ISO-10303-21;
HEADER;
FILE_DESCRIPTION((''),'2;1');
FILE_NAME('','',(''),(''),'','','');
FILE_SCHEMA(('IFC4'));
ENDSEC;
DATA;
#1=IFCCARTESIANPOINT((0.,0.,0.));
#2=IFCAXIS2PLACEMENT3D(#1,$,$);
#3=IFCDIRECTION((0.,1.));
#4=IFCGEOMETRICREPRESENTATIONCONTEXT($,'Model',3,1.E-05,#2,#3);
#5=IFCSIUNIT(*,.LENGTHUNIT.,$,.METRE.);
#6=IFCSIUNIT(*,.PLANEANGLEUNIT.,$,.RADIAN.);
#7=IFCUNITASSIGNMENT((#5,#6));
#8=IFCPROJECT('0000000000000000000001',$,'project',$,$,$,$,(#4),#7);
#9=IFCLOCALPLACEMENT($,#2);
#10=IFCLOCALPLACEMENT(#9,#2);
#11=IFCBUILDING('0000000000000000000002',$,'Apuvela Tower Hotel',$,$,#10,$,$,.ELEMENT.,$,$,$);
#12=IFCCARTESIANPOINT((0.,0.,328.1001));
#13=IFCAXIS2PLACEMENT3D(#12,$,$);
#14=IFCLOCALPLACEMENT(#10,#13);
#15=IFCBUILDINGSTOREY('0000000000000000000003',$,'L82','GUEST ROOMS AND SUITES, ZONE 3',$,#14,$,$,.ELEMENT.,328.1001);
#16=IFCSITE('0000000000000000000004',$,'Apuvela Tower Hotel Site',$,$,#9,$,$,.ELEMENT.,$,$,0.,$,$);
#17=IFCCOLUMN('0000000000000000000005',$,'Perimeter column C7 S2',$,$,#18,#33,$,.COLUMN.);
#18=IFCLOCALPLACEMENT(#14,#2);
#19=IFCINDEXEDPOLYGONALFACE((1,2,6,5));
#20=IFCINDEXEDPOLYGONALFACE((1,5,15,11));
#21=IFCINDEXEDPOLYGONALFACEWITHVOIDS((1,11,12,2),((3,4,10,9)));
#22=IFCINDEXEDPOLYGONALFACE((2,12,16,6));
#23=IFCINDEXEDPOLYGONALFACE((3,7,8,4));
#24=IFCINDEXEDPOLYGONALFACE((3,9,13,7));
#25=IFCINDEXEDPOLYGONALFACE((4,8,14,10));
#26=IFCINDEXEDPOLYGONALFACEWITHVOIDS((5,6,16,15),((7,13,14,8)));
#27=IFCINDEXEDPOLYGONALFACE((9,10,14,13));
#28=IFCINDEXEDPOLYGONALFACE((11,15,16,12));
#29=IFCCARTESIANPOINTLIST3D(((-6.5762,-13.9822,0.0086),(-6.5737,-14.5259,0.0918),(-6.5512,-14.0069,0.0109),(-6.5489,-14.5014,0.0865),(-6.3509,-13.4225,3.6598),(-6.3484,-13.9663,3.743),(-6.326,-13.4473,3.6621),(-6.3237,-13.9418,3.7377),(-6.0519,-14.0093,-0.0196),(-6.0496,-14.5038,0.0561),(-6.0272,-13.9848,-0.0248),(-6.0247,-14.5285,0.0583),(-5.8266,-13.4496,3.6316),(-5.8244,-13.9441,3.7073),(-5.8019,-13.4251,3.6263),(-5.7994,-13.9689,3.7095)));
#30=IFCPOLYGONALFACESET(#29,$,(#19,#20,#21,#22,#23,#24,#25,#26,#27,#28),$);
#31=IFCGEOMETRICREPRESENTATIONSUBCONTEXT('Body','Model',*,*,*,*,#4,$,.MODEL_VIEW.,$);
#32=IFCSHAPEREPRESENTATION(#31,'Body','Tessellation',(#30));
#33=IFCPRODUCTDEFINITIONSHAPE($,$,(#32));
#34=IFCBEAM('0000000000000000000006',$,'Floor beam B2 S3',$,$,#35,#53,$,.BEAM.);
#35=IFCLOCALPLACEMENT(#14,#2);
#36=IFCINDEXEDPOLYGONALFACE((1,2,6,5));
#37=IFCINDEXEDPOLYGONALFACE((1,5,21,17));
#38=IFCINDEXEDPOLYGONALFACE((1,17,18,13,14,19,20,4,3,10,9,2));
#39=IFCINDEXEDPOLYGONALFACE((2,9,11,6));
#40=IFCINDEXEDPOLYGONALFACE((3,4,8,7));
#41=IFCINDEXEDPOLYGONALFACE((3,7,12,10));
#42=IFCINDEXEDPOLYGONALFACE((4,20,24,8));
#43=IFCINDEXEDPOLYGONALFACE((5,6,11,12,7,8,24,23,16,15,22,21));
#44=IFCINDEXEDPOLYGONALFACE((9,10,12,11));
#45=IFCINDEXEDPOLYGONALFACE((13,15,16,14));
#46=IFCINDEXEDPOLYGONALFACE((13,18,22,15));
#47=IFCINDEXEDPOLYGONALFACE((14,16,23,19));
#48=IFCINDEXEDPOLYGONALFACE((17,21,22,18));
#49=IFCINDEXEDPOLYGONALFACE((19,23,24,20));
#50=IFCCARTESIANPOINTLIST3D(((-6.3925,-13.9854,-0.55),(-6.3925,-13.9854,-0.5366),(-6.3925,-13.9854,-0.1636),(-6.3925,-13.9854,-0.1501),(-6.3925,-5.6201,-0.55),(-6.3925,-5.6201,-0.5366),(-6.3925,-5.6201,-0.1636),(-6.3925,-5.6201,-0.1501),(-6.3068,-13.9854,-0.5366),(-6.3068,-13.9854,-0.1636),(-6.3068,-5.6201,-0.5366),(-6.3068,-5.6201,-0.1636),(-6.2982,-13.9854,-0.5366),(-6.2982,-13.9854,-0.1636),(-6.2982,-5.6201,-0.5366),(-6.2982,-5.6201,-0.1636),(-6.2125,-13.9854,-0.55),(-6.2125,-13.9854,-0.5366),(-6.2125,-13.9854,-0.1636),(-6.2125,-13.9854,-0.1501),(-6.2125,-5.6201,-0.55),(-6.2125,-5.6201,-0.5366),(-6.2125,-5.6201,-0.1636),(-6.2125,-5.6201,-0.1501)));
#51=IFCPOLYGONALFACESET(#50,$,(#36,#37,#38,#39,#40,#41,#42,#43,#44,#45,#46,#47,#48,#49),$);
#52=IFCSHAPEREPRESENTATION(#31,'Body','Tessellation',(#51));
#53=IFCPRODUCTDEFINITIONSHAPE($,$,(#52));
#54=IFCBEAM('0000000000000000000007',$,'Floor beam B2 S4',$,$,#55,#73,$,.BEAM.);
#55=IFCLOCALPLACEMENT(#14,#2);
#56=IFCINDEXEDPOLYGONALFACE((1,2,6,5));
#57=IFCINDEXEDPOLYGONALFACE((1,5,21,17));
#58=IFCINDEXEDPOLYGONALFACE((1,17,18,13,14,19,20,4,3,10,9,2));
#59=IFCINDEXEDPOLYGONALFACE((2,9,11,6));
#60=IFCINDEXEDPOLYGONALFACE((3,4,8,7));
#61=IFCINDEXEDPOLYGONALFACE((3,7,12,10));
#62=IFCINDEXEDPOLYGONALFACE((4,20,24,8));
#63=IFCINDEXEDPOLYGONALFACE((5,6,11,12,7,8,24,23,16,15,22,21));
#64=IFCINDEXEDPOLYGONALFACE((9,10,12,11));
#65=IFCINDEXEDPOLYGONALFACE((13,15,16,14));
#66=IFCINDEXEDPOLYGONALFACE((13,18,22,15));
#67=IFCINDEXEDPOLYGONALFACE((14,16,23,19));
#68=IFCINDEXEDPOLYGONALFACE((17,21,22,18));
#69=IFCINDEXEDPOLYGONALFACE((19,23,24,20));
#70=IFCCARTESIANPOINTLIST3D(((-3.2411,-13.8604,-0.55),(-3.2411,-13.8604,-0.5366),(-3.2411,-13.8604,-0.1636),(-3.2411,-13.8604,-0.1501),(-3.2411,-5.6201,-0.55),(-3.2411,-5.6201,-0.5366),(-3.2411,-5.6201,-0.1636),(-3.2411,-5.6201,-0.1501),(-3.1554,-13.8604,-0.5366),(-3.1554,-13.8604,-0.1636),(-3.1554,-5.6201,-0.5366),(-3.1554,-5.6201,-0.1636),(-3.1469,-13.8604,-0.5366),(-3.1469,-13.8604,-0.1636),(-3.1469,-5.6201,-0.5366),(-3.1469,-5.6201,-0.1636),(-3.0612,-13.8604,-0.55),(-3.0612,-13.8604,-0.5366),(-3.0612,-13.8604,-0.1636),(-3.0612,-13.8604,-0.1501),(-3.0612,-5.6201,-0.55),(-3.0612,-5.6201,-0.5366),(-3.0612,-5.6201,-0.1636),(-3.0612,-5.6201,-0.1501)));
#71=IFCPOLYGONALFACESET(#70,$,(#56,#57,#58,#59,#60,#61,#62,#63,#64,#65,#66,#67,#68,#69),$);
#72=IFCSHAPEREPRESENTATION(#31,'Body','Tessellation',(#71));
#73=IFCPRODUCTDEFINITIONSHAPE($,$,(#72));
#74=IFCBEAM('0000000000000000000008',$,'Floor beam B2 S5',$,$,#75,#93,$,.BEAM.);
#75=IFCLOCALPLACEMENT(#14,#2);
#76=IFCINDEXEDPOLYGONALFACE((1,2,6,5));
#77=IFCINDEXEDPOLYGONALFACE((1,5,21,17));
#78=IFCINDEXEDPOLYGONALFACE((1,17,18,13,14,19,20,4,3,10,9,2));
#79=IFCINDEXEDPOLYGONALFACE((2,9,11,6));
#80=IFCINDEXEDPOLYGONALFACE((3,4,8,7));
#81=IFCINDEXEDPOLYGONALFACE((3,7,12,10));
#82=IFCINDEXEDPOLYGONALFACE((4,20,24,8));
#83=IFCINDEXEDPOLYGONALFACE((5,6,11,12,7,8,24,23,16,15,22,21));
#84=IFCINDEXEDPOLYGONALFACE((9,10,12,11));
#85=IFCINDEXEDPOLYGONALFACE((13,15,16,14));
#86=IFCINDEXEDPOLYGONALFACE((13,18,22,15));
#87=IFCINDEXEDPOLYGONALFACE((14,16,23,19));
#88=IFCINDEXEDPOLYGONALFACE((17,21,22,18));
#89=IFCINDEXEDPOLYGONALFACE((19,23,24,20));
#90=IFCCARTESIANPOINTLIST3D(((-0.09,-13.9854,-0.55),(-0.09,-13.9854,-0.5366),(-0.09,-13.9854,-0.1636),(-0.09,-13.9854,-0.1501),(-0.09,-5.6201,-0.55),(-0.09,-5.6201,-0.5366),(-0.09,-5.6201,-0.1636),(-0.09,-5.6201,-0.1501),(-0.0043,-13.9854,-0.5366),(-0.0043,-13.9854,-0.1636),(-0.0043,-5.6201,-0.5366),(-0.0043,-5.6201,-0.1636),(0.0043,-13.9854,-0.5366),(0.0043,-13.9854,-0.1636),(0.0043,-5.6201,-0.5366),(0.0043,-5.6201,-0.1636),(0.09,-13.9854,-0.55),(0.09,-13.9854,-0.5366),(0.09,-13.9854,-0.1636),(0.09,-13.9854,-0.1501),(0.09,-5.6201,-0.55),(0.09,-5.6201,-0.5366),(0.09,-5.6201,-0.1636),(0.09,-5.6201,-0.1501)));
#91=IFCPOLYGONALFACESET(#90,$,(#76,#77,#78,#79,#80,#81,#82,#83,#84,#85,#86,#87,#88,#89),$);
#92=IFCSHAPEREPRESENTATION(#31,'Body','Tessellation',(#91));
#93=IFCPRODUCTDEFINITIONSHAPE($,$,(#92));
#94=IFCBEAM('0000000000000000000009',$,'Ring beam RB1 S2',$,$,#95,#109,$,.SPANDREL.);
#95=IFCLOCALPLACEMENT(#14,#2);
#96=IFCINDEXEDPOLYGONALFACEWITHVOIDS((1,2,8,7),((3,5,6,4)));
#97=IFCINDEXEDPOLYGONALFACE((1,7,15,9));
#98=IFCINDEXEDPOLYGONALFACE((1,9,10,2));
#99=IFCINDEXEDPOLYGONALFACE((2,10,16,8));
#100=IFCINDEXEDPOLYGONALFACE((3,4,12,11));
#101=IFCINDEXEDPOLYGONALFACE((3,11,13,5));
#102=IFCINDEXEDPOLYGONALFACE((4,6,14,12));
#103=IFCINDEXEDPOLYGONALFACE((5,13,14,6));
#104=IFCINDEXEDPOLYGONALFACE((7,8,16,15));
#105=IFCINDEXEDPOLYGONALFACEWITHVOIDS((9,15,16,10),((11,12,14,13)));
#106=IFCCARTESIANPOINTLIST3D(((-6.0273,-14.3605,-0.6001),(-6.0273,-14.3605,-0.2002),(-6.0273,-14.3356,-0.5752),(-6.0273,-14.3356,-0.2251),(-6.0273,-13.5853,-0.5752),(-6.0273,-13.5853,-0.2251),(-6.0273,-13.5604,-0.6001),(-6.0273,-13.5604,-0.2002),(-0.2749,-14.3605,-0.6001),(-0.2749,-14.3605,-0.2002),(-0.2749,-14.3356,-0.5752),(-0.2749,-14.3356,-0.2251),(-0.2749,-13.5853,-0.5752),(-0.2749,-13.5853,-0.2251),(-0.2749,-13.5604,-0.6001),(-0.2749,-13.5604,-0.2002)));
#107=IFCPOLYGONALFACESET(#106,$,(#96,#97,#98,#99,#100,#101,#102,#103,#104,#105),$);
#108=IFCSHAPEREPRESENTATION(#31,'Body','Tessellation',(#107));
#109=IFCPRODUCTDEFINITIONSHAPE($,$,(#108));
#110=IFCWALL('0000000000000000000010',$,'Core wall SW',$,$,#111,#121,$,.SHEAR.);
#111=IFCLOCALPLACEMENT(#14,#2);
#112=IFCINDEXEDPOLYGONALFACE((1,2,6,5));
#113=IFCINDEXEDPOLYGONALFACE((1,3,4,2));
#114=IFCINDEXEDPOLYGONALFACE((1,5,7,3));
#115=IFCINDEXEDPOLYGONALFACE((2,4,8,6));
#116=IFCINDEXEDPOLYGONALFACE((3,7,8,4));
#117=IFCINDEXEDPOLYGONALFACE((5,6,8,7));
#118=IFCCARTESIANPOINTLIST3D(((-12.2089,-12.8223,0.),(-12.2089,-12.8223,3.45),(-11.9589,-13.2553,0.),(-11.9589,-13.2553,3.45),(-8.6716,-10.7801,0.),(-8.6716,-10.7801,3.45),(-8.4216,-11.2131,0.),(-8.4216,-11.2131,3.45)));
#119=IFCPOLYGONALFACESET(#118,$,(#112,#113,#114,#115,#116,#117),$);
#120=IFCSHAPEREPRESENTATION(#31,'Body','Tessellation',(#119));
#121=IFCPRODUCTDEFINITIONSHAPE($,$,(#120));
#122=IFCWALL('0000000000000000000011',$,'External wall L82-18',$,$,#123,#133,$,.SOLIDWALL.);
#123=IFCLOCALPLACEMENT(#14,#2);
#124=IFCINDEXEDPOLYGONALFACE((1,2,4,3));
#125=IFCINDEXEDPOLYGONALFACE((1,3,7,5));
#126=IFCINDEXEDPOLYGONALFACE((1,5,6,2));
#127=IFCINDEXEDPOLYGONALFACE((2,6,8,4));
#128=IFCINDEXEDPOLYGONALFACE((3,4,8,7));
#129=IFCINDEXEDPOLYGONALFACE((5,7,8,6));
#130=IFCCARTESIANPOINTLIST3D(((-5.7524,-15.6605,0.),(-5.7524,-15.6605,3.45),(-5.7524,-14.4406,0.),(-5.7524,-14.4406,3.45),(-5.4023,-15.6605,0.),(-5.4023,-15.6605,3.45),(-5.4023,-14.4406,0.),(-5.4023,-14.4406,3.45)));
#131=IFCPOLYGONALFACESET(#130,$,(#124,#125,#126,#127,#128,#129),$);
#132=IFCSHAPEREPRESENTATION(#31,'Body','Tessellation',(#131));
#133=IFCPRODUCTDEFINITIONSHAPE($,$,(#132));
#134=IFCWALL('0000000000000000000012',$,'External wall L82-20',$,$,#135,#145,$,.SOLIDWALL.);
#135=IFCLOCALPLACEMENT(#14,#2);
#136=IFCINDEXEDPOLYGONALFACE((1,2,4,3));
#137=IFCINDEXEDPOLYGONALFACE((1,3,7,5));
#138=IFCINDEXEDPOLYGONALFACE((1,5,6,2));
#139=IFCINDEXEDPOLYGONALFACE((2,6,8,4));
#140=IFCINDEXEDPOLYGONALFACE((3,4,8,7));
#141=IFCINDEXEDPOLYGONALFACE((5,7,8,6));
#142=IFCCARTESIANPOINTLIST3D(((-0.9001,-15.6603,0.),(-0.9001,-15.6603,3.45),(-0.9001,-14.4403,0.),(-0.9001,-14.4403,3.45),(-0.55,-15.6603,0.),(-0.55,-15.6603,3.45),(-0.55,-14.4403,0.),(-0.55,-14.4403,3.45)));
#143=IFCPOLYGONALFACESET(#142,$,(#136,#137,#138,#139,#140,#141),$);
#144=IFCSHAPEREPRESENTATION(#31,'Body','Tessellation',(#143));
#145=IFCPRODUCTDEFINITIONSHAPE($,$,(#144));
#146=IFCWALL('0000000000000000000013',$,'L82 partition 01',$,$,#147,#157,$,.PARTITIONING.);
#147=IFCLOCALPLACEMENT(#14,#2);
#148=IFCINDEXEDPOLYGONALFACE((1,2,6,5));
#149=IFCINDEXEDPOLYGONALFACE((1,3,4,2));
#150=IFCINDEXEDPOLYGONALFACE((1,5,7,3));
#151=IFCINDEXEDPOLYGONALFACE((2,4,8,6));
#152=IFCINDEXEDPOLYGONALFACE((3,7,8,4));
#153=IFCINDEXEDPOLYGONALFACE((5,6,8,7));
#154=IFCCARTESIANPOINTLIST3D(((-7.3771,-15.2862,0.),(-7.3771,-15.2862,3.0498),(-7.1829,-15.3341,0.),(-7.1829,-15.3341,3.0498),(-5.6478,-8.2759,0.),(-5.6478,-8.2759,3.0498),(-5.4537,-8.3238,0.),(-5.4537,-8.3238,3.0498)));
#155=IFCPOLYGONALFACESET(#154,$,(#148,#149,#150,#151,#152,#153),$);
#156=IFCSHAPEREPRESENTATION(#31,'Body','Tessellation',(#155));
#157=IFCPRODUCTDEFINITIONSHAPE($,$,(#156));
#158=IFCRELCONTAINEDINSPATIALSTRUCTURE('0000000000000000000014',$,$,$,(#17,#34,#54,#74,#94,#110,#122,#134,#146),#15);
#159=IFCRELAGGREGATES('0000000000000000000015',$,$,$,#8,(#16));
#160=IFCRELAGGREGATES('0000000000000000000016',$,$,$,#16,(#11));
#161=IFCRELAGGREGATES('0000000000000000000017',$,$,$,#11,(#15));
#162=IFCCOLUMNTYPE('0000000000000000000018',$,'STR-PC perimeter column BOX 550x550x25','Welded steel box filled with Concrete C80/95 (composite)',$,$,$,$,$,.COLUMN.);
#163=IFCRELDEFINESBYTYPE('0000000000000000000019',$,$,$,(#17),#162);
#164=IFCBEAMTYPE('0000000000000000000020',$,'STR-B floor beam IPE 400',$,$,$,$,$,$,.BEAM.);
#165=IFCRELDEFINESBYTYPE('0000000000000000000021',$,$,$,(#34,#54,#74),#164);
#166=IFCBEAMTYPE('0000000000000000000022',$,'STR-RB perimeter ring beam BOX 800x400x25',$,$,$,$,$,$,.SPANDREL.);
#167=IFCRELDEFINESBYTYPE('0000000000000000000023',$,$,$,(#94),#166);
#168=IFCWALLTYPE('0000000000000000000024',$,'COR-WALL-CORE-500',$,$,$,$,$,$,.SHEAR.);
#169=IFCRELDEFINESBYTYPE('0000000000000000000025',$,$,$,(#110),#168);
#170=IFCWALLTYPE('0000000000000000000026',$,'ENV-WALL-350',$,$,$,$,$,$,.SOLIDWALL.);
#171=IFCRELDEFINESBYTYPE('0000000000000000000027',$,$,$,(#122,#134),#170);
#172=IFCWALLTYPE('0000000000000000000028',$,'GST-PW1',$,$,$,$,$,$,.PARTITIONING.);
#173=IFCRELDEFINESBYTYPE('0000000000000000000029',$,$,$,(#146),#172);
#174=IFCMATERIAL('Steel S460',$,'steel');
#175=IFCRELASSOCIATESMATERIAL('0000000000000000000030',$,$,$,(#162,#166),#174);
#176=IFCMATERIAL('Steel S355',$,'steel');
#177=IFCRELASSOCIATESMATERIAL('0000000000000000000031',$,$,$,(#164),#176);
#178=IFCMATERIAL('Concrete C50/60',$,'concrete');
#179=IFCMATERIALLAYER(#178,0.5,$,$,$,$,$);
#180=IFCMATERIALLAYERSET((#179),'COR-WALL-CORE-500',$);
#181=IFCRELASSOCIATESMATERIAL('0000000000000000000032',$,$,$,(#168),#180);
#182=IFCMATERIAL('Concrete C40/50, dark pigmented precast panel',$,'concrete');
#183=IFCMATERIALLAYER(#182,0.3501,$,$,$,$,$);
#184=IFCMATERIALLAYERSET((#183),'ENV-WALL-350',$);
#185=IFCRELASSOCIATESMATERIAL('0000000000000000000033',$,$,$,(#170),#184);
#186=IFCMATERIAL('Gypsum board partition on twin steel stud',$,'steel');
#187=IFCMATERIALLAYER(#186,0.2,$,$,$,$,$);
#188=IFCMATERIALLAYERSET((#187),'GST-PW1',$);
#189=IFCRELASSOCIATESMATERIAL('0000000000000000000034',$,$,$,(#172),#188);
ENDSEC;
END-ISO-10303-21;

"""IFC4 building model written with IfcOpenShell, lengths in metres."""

from ifc_helpers import new_model, si_unit, direction, frame, frame_2d, origin, origin_2d, place, context, subcontext, project, spatial, rectangle, hollow_rectangle, i_section, extrude, boolean, halfspace, material, layer, layer_set, material_profile, profile_set, type_object, element, save


model = new_model("IFC4")

# Units and contexts
model_context = context("Model", 3, precision=1e-05, world=origin(), true_north=direction((0.0, 1.0)))
body_context = subcontext(model_context, "Body", "Model", "MODEL_VIEW")
ifc_project = project(units=[si_unit("LENGTHUNIT", "METRE"), si_unit("PLANEANGLEUNIT", "RADIAN")], contexts=[model_context])

# Site, building, storey
site_placement = place(None, origin())
site = spatial("IfcSite", under=ifc_project, at=site_placement, Name="Apuvela Tower Hotel Site", CompositionType="ELEMENT", RefElevation=0.0)
building_placement = place(site_placement, origin())
building = spatial("IfcBuilding", under=site, at=building_placement, Name="Apuvela Tower Hotel", CompositionType="ELEMENT")
storey_placement = place(building_placement, frame((0.0, 0.0, 328.1001)))
storey = spatial("IfcBuildingStorey", under=building, at=storey_placement, Name="L82", Description="GUEST ROOMS AND SUITES, ZONE 3", CompositionType="ELEMENT", Elevation=328.1001)

# Column
ifc_material_1 = material(Name="Steel S460", Category="steel")
ifc_material_profile_1 = material_profile(ifc_material_1, hollow_rectangle(XDim=0.55, YDim=0.55, WallThickness=0.0249, at=origin_2d()), Name="BOX 550x550x25")
ifc_material_2 = material(Name="Concrete C80/95", Category="concrete")
ifc_material_profile_2 = material_profile(ifc_material_2, rectangle(XDim=0.5, YDim=0.5, at=origin_2d()), Name="Concrete C80/95 infill")
ifc_profile_set_1 = profile_set([ifc_material_profile_1, ifc_material_profile_2], Name="Steel S460")
column_type = type_object("IfcColumnType", Name="STR-PC perimeter column BOX 550x550x25", Description="Welded steel box filled with Concrete C80/95 (composite)", PredefinedType="COLUMN", material=ifc_profile_set_1)
column_1_placement = place(storey_placement, frame((-6.3025, -14.2605, 0.0), z_axis=(0.06087, 0.151232, 0.986622), x_axis=(-0.998135, 0.004714, 0.060858)))
element("IfcColumn", 1, at=column_1_placement, inside=storey, type_object=column_type, Name="Perimeter column C7 S2", PredefinedType="COLUMN", context=body_context, shape_type="SweptSolid", body=[
    boolean("DIFFERENCE", boolean("DIFFERENCE", extrude(hollow_rectangle(XDim=0.55, YDim=0.55, WallThickness=0.0249, at=origin_2d()), origin(), (0.0, 0.0, 1.0), 3.75), halfspace(frame((0.0, 0.0, 0.0339), z_axis=(0.0, 0.0, 1.0), x_axis=(1.0, 0.0, 0.0)), True)), halfspace(frame((0.0, 0.0, 3.7346), z_axis=(0.0, 0.0, 1.0), x_axis=(1.0, 0.0, 0.0)), False)),
])

# Beams
ifc_material_3 = material(Name="Steel S355", Category="steel")
ifc_material_profile_3 = material_profile(ifc_material_3, i_section(OverallWidth=0.1799, OverallDepth=0.3999, WebThickness=0.0085, FlangeThickness=0.0134, at=origin_2d()), Name="IPE 400")
ifc_profile_set_2 = profile_set([ifc_material_profile_3], Name="Steel S355")
beam_type_1 = type_object("IfcBeamType", Name="STR-B floor beam IPE 400", PredefinedType="BEAM", material=ifc_profile_set_2)
beam_1_placement = place(storey_placement, frame((-6.3025, -13.9854, -0.3501), z_axis=(0.0, 1.0, 0.0), x_axis=(-1.0, 0.0, 0.0)))
element("IfcBeam", 2, at=beam_1_placement, inside=storey, type_object=beam_type_1, Name="Floor beam B2 S3", PredefinedType="BEAM", context=body_context, shape_type="SweptSolid", body=[
    extrude(i_section(OverallWidth=0.1799, OverallDepth=0.3999, WebThickness=0.0085, FlangeThickness=0.0134, at=origin_2d()), origin(), (0.0, 0.0, 1.0), 8.3652),
])
beam_2_placement = place(storey_placement, frame((-3.1511, -13.8604, -0.3501), z_axis=(0.0, 1.0, 0.0), x_axis=(-1.0, 0.0, 0.0)))
element("IfcBeam", 3, at=beam_2_placement, inside=storey, type_object=beam_type_1, Name="Floor beam B2 S4", PredefinedType="BEAM", context=body_context, shape_type="SweptSolid", body=[
    extrude(i_section(OverallWidth=0.1799, OverallDepth=0.3999, WebThickness=0.0085, FlangeThickness=0.0134, at=origin_2d()), origin(), (0.0, 0.0, 1.0), 8.2402),
])
beam_3_placement = place(storey_placement, frame((0.0, -13.9854, -0.3501), z_axis=(0.0, 1.0, 0.0), x_axis=(-1.0, 0.0, 0.0)))
element("IfcBeam", 4, at=beam_3_placement, inside=storey, type_object=beam_type_1, Name="Floor beam B2 S5", PredefinedType="BEAM", context=body_context, shape_type="SweptSolid", body=[
    extrude(i_section(OverallWidth=0.1799, OverallDepth=0.3999, WebThickness=0.0085, FlangeThickness=0.0134, at=origin_2d()), origin(), (0.0, 0.0, 1.0), 8.3652),
])
ifc_material_profile_4 = material_profile(ifc_material_1, hollow_rectangle(XDim=0.8, YDim=0.3999, WallThickness=0.0249, at=origin_2d()), Name="BOX 800x400x25")
ifc_profile_set_3 = profile_set([ifc_material_profile_4], Name="Steel S460")
beam_type_2 = type_object("IfcBeamType", Name="STR-RB perimeter ring beam BOX 800x400x25", PredefinedType="SPANDREL", material=ifc_profile_set_3)
beam_4_placement = place(storey_placement, frame((-6.0273, -13.9604, -0.4001), z_axis=(1.0, 0.0, 0.0), x_axis=(0.0, 1.0, 0.0)))
element("IfcBeam", 5, at=beam_4_placement, inside=storey, type_object=beam_type_2, Name="Ring beam RB1 S2", PredefinedType="SPANDREL", context=body_context, shape_type="SweptSolid", body=[
    extrude(hollow_rectangle(XDim=0.8, YDim=0.3999, WallThickness=0.0249, at=origin_2d()), origin(), (0.0, 0.0, 1.0), 5.7524),
])

# Walls
ifc_material_4 = material(Name="Concrete C50/60", Category="concrete")
ifc_layer_1 = layer(ifc_material_4, 0.5)
ifc_layer_set_1 = layer_set([ifc_layer_1], Name="COR-WALL-CORE-500")
wall_type_1 = type_object("IfcWallType", Name="COR-WALL-CORE-500", PredefinedType="SHEAR", material=ifc_layer_set_1)
wall_1_placement = place(storey_placement, frame((-8.5466, -10.9966, 0.0), z_axis=(0.0, 0.0, 1.0), x_axis=(-0.866031, -0.49999, 0.0)))
element("IfcWall", 6, at=wall_1_placement, inside=storey, type_object=wall_type_1, Name="Core wall SW", PredefinedType="SHEAR", context=body_context, shape_type="SweptSolid", body=[
    extrude(rectangle(XDim=4.0845, YDim=0.5, at=frame_2d((2.0422, 0.0))), origin(), (0.0, 0.0, 1.0), 3.45),
])
ifc_material_5 = material(Name="Concrete C40/50, dark pigmented precast panel", Category="concrete")
ifc_layer_2 = layer(ifc_material_5, 0.3501)
ifc_layer_set_2 = layer_set([ifc_layer_2], Name="ENV-WALL-350")
wall_type_2 = type_object("IfcWallType", Name="ENV-WALL-350", PredefinedType="SOLIDWALL", material=ifc_layer_set_2)
wall_2_placement = place(storey_placement, frame((-5.5774, -15.6604, 0.0), z_axis=(0.0, 0.0, 1.0), x_axis=(0.0, 1.0, 0.0)))
element("IfcWall", 7, at=wall_2_placement, inside=storey, type_object=wall_type_2, Name="External wall L82-18", PredefinedType="SOLIDWALL", context=body_context, shape_type="SweptSolid", body=[
    extrude(rectangle(XDim=1.22, YDim=0.3501, at=frame_2d((0.6099, 0.0))), origin(), (0.0, 0.0, 1.0), 3.45),
])

# Wall
wall_3_placement = place(storey_placement, frame((-0.7251, -14.4404, 0.0), z_axis=(0.0, 0.0, 1.0), x_axis=(0.0, -1.0, 0.0)))
element("IfcWall", 8, at=wall_3_placement, inside=storey, type_object=wall_type_2, Name="External wall L82-20", PredefinedType="SOLIDWALL", context=body_context, shape_type="SweptSolid", body=[
    extrude(rectangle(XDim=1.22, YDim=0.3501, at=frame_2d((0.6099, 0.0))), origin(), (0.0, 0.0, 1.0), 3.45),
])

# Wall
ifc_material_6 = material(Name="Gypsum board partition on twin steel stud", Category="steel")
ifc_layer_3 = layer(ifc_material_6, 0.2)
ifc_layer_set_3 = layer_set([ifc_layer_3], Name="GST-PW1")
wall_type_3 = type_object("IfcWallType", Name="GST-PW1", PredefinedType="PARTITIONING", material=ifc_layer_set_3)
wall_4_placement = place(storey_placement, frame((-7.28, -15.3103, 0.0), z_axis=(0.0, 0.0, 1.0), x_axis=(0.239495, 0.970898, 0.0)))
element("IfcWall", 9, at=wall_4_placement, inside=storey, type_object=wall_type_3, Name="L82 partition 01", PredefinedType="PARTITIONING", context=body_context, shape_type="SweptSolid", body=[
    extrude(rectangle(XDim=7.2205, YDim=0.2, at=frame_2d((3.6104, 0.0))), origin(), (0.0, 0.0, 1.0), 3.0498),
])

save(model, "model.ifc")
